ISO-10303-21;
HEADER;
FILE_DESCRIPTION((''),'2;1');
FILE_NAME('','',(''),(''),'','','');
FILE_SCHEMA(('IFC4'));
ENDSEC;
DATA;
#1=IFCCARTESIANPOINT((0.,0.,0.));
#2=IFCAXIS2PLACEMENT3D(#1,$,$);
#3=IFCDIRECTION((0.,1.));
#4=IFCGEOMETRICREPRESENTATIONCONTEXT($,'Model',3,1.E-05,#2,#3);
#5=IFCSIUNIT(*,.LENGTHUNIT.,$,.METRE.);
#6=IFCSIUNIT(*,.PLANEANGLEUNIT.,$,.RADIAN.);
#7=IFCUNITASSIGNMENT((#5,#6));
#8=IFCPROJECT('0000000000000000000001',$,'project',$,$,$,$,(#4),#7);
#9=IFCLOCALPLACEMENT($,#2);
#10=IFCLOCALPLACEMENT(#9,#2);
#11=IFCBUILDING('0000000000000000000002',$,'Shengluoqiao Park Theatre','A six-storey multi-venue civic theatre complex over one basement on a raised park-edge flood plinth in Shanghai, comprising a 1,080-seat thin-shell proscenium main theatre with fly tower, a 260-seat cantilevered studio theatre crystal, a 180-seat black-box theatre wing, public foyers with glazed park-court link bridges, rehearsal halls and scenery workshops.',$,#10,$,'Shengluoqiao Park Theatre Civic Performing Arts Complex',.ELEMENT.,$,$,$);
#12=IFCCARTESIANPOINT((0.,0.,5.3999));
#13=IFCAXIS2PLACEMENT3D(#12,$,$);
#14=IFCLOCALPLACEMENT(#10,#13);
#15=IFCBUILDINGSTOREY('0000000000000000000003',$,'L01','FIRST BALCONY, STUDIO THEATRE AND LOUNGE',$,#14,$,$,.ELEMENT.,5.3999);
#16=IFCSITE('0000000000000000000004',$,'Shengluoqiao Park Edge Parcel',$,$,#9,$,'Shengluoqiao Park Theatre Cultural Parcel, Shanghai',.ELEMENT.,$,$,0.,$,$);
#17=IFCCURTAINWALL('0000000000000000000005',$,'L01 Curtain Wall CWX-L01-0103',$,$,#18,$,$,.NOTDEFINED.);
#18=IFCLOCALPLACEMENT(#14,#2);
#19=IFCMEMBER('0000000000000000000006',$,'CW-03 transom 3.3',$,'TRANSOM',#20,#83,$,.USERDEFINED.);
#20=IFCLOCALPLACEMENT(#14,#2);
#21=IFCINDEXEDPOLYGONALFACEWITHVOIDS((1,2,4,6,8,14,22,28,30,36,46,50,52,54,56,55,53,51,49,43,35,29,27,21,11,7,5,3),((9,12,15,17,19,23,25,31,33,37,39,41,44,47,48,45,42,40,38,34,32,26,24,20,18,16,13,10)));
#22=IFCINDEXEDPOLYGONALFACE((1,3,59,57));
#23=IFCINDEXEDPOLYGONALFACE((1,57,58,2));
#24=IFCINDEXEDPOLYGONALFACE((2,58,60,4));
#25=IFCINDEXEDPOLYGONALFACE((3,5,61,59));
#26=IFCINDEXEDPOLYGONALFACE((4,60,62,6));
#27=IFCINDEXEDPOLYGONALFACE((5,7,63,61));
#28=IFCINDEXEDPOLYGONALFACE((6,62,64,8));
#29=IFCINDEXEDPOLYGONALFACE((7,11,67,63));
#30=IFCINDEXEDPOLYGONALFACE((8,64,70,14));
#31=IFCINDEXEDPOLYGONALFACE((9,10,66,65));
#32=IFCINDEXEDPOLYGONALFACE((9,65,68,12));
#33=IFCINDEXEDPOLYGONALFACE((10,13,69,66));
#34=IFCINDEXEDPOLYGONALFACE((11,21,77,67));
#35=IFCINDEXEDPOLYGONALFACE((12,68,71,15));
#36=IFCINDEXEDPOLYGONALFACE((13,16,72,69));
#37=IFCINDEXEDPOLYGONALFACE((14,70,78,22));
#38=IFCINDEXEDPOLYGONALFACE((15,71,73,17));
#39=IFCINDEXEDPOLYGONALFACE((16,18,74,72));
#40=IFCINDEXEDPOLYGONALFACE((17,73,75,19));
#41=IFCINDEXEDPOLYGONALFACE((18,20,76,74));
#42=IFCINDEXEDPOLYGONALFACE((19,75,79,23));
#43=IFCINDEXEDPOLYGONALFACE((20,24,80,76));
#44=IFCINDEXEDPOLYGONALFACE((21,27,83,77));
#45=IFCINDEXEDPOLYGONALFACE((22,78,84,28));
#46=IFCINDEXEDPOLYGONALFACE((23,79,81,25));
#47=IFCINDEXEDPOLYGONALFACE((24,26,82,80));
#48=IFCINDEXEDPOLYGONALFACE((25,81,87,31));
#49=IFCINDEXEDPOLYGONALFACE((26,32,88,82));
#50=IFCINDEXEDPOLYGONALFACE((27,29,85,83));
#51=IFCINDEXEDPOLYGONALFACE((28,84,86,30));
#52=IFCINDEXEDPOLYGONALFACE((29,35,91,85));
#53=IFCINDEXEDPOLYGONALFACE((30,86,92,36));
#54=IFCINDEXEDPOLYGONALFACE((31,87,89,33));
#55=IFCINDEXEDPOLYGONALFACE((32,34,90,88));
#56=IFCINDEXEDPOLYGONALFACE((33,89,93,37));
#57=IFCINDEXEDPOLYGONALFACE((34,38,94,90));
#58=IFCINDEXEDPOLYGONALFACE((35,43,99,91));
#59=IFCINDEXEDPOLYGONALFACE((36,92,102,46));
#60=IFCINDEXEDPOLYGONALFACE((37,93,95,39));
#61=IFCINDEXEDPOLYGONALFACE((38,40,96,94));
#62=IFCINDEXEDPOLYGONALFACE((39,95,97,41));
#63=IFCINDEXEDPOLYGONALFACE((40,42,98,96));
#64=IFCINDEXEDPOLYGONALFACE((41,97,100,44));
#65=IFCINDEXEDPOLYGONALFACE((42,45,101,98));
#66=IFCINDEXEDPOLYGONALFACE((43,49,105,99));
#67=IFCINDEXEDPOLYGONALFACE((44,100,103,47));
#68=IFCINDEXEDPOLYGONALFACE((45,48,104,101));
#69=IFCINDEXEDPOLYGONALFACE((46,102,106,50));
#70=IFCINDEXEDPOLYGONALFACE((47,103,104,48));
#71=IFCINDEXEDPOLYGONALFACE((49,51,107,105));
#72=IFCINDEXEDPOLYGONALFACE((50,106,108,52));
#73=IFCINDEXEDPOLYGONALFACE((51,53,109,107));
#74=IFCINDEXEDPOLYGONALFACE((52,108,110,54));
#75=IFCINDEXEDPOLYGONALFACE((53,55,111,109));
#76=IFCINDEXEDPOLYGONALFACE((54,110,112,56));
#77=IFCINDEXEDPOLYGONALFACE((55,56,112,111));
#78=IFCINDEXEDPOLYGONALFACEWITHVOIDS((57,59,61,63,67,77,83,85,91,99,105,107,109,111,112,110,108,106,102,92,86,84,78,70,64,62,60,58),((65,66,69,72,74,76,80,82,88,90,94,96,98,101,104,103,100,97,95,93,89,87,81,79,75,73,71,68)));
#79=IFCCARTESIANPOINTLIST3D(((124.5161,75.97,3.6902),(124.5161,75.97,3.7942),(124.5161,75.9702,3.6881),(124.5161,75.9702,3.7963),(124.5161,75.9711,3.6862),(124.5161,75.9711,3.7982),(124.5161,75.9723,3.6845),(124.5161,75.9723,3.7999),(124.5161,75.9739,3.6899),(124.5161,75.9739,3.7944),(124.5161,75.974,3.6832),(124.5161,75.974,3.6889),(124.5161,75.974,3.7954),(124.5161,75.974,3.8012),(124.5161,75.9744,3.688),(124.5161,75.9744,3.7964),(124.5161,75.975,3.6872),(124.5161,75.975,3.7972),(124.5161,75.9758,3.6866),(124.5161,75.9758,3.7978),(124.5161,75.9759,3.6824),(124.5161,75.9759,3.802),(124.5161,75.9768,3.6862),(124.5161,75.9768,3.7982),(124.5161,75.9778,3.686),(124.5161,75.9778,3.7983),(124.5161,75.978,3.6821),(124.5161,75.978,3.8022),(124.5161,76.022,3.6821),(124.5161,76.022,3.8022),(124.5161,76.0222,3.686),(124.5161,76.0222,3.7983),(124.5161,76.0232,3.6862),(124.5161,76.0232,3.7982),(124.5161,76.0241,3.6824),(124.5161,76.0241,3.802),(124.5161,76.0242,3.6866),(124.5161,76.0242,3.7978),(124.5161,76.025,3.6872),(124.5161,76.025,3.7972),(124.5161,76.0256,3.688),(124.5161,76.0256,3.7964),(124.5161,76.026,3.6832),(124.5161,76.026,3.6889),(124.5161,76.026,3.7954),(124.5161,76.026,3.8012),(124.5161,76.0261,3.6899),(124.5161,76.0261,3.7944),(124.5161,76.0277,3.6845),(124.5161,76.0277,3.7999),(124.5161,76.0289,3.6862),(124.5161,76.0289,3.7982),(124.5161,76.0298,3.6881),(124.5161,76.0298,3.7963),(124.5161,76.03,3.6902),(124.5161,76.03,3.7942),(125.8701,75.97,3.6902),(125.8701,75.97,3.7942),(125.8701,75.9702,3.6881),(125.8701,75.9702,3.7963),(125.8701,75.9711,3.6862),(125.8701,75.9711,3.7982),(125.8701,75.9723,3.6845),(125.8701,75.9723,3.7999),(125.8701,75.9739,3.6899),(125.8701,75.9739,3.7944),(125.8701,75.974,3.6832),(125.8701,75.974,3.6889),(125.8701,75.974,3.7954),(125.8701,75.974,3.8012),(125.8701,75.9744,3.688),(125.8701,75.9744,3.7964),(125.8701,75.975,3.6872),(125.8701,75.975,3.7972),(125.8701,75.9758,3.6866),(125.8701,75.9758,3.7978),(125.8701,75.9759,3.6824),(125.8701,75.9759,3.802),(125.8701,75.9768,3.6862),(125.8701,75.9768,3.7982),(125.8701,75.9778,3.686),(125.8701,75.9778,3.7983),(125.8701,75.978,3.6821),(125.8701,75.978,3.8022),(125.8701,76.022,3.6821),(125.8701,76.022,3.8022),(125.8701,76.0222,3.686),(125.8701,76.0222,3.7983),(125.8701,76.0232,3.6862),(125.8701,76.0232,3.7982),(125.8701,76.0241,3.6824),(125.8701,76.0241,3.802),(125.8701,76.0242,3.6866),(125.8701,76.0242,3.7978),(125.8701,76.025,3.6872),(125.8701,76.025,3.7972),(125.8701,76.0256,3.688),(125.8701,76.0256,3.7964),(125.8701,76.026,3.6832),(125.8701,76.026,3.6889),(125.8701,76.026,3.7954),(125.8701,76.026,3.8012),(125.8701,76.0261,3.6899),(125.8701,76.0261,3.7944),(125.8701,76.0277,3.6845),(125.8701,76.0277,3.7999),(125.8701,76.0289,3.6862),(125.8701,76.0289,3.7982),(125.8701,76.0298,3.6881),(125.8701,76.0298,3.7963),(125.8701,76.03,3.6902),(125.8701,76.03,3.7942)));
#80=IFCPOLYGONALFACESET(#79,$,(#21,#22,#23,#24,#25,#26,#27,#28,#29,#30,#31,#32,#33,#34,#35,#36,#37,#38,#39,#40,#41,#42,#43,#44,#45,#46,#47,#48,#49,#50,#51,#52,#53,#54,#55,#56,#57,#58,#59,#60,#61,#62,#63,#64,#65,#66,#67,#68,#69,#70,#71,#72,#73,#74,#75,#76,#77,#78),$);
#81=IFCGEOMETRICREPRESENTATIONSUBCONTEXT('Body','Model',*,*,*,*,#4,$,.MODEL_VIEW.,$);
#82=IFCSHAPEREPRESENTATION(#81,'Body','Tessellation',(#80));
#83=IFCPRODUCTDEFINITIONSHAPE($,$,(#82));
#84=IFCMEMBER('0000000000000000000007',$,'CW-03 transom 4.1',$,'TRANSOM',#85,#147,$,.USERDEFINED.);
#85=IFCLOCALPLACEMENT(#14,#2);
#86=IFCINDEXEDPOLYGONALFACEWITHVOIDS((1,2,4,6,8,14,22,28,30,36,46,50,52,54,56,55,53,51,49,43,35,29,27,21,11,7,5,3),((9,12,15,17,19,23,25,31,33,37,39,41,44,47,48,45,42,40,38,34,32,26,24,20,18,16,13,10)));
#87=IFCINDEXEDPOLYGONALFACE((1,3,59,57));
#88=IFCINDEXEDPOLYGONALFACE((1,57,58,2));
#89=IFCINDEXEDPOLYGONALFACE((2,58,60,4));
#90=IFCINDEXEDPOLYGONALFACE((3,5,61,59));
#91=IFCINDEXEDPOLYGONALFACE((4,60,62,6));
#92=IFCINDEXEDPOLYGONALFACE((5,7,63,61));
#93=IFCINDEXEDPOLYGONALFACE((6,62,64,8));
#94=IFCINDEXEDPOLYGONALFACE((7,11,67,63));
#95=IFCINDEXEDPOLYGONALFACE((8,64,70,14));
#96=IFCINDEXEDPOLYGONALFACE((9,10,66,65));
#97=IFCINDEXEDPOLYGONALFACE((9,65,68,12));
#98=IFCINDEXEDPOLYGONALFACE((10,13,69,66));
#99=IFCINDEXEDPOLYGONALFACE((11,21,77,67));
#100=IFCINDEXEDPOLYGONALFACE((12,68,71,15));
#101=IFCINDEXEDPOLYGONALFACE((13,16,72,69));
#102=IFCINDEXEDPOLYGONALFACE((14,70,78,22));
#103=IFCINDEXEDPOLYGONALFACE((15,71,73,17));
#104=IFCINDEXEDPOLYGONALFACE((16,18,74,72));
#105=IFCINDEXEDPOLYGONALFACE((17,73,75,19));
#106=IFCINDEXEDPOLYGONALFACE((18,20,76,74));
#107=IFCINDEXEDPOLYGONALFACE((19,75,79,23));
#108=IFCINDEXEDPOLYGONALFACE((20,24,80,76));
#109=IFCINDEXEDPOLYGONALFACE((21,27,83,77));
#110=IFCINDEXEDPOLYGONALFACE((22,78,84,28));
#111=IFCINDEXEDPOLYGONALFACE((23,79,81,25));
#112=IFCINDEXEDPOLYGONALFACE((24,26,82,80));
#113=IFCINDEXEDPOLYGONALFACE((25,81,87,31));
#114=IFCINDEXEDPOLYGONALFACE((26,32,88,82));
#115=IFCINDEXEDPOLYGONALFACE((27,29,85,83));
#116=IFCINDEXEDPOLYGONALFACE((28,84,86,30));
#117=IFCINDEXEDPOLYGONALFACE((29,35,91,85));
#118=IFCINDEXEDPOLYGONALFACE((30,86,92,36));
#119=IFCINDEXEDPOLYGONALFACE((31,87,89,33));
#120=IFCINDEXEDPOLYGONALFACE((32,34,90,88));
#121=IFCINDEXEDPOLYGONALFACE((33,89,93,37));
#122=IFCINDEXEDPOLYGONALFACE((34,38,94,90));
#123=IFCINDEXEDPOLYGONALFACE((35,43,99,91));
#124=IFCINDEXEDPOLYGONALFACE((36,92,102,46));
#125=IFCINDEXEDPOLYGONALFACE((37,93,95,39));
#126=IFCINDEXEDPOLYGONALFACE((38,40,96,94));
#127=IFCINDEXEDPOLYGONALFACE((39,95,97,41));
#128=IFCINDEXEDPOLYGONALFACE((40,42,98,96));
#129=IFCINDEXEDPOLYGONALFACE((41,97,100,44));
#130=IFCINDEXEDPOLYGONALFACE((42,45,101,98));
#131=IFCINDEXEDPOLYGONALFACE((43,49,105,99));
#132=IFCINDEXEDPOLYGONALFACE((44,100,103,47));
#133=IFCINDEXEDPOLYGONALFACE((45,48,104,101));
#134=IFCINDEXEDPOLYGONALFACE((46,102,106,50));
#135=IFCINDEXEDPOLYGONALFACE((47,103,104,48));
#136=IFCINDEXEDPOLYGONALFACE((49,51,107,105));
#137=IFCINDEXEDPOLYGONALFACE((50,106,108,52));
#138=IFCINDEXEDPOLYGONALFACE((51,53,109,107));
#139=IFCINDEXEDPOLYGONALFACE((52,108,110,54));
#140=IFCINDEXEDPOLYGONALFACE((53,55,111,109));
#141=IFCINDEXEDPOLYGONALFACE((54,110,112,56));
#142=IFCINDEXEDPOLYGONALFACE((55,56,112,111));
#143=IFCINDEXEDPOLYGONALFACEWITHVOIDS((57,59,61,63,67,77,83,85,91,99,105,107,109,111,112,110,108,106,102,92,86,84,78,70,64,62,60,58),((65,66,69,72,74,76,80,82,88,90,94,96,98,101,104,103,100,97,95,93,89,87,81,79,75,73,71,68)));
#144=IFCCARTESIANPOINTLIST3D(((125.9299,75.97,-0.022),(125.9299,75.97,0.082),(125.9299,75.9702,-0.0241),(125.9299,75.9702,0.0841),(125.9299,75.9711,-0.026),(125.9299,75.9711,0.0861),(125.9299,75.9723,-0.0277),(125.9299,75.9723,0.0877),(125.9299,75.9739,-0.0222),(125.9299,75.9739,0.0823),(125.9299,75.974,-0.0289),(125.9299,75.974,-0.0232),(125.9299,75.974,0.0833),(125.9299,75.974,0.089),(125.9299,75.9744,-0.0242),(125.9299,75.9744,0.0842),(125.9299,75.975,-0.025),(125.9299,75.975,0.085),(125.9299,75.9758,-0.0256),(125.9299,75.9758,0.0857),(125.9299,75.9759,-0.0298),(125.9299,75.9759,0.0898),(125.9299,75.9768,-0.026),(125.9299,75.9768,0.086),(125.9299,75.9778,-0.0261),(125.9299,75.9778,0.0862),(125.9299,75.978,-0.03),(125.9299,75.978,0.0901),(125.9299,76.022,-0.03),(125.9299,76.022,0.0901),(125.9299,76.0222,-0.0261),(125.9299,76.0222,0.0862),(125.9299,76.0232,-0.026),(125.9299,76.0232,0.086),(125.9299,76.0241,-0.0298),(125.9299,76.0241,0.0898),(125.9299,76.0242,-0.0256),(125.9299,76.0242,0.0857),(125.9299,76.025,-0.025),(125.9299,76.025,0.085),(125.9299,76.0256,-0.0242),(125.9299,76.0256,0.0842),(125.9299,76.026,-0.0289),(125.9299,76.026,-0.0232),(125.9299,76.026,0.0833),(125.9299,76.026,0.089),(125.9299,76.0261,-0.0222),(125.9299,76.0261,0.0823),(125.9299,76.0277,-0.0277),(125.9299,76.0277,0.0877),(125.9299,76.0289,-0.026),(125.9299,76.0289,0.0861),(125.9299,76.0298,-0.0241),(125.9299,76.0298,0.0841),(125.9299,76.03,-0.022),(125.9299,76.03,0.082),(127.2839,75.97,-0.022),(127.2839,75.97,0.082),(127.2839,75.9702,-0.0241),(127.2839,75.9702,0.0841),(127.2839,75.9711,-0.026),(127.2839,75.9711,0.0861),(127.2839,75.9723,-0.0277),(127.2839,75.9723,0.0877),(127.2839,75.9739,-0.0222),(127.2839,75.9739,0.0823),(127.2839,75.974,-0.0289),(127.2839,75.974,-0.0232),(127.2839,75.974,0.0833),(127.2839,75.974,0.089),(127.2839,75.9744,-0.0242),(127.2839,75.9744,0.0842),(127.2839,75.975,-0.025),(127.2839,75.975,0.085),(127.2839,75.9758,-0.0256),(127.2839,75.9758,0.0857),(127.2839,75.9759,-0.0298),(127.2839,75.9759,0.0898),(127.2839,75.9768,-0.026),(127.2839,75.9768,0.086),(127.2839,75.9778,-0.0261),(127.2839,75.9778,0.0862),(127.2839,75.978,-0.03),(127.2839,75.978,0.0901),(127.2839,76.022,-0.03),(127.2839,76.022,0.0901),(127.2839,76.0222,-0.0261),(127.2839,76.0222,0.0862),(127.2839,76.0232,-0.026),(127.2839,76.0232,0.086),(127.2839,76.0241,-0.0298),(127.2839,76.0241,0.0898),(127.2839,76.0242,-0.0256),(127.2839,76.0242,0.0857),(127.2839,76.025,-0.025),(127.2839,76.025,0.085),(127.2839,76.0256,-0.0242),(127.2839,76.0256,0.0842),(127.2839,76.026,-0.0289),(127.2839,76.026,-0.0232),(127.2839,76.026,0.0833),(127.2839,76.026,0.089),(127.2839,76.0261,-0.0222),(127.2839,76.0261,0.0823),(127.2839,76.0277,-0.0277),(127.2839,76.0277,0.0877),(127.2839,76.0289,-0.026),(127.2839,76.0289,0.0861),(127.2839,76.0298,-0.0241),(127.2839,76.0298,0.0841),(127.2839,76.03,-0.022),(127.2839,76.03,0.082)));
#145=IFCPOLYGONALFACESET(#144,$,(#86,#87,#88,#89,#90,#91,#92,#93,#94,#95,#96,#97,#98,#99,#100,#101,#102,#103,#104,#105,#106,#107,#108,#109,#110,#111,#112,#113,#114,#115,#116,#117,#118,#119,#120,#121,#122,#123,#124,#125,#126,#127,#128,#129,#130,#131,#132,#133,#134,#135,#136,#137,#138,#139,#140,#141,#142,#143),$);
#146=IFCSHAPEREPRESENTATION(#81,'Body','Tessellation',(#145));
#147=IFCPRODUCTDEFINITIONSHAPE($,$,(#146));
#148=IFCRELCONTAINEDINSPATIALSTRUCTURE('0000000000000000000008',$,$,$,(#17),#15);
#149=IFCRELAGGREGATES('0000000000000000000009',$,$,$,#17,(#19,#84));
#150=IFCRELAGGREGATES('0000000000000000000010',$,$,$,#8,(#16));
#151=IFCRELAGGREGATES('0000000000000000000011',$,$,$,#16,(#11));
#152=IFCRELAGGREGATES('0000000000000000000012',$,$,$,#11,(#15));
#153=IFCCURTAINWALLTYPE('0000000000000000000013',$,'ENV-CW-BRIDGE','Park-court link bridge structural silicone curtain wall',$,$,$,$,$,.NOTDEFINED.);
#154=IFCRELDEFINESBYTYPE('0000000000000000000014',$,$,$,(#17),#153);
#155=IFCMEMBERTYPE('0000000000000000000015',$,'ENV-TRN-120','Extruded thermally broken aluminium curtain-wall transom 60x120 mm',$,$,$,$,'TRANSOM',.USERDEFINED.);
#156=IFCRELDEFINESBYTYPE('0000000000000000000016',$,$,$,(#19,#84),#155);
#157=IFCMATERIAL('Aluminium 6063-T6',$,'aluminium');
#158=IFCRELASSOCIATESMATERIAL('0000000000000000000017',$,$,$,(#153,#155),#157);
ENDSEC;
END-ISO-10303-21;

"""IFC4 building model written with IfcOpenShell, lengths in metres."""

from ifc_helpers import new_model, si_unit, direction, frame, origin, origin_2d, place, context, subcontext, project, spatial, hollow_rectangle, extrude, material, material_profile, profile_set, type_object, element, aggregate, save


model = new_model("IFC4")

# Units and contexts
model_context = context("Model", 3, precision=1e-05, world=origin(), true_north=direction((0.0, 1.0)))
body_context = subcontext(model_context, "Body", "Model", "MODEL_VIEW")
ifc_project = project(units=[si_unit("LENGTHUNIT", "METRE"), si_unit("PLANEANGLEUNIT", "RADIAN")], contexts=[model_context])

# Site, building, storey
site_placement = place(None, origin())
site = spatial("IfcSite", under=ifc_project, at=site_placement, Name="Shengluoqiao Park Edge Parcel", LongName="Shengluoqiao Park Theatre Cultural Parcel, Shanghai", CompositionType="ELEMENT", RefElevation=0.0)
building_placement = place(site_placement, origin())
building = spatial("IfcBuilding", under=site, at=building_placement, Name="Shengluoqiao Park Theatre", Description="A six-storey multi-venue civic theatre complex over one basement on a raised park-edge flood plinth in Shanghai, comprising a 1,080-seat thin-shell proscenium main theatre with fly tower, a 260-seat cantilevered studio theatre crystal, a 180-seat black-box theatre wing, public foyers with glazed park-court link bridges, rehearsal halls and scenery workshops.", LongName="Shengluoqiao Park Theatre Civic Performing Arts Complex", CompositionType="ELEMENT")
storey_placement = place(building_placement, frame((0.0, 0.0, 5.3999)))
storey = spatial("IfcBuildingStorey", under=building, at=storey_placement, Name="L01", Description="FIRST BALCONY, STUDIO THEATRE AND LOUNGE", CompositionType="ELEMENT", Elevation=5.3999)

# Curtain wall
ifc_material_1 = material(Name="Aluminium 6063-T6", Category="aluminium")
curtain_wall_type = type_object("IfcCurtainWallType", Name="ENV-CW-BRIDGE", Description="Park-court link bridge structural silicone curtain wall", PredefinedType="NOTDEFINED", material=ifc_material_1)
curtain_wall_1_placement = place(storey_placement, origin())
curtain_wall_1 = element("IfcCurtainWall", 1, at=curtain_wall_1_placement, inside=storey, type_object=curtain_wall_type, Name="L01 Curtain Wall CWX-L01-0103", PredefinedType="NOTDEFINED")

# Members
ifc_material_profile_1 = material_profile(ifc_material_1, hollow_rectangle(XDim=0.0601, YDim=0.1201, WallThickness=0.0039, InnerFilletRadius=0.0039, OuterFilletRadius=0.0081, at=origin_2d()), Name="ALU TRANSOM 120x60x4")
ifc_profile_set_1 = profile_set([ifc_material_profile_1], Name="Aluminium 6063-T6")
member_type_1 = type_object("IfcMemberType", Name="ENV-TRN-120", Description="Extruded thermally broken aluminium curtain-wall transom 60x120 mm", ElementType="TRANSOM", PredefinedType="USERDEFINED", material=ifc_profile_set_1)
member_1_placement = place(storey_placement, frame((124.5161, 76.0, 3.7422), z_axis=(1.0, 0.0, 0.0), x_axis=(0.0, 1.0, 0.0)))
member_1 = element("IfcMember", 2, at=member_1_placement, type_object=member_type_1, Name="CW-03 transom 3.3", ObjectType="TRANSOM", PredefinedType="USERDEFINED", context=body_context, shape_type="SweptSolid", body=[
    extrude(hollow_rectangle(XDim=0.0601, YDim=0.1201, WallThickness=0.0039, InnerFilletRadius=0.0039, OuterFilletRadius=0.0081, at=origin_2d()), origin(), (0.0, 0.0, 1.0), 1.354),
])
member_2_placement = place(storey_placement, frame((125.9299, 76.0, 0.03), z_axis=(1.0, 0.0, 0.0), x_axis=(0.0, 1.0, 0.0)))
member_2 = element("IfcMember", 3, at=member_2_placement, type_object=member_type_1, Name="CW-03 transom 4.1", ObjectType="TRANSOM", PredefinedType="USERDEFINED", context=body_context, shape_type="SweptSolid", body=[
    extrude(hollow_rectangle(XDim=0.0601, YDim=0.1201, WallThickness=0.0039, InnerFilletRadius=0.0039, OuterFilletRadius=0.0081, at=origin_2d()), origin(), (0.0, 0.0, 1.0), 1.354),
])

aggregate(curtain_wall_1, [member_1, member_2])

save(model, "model.ifc")
